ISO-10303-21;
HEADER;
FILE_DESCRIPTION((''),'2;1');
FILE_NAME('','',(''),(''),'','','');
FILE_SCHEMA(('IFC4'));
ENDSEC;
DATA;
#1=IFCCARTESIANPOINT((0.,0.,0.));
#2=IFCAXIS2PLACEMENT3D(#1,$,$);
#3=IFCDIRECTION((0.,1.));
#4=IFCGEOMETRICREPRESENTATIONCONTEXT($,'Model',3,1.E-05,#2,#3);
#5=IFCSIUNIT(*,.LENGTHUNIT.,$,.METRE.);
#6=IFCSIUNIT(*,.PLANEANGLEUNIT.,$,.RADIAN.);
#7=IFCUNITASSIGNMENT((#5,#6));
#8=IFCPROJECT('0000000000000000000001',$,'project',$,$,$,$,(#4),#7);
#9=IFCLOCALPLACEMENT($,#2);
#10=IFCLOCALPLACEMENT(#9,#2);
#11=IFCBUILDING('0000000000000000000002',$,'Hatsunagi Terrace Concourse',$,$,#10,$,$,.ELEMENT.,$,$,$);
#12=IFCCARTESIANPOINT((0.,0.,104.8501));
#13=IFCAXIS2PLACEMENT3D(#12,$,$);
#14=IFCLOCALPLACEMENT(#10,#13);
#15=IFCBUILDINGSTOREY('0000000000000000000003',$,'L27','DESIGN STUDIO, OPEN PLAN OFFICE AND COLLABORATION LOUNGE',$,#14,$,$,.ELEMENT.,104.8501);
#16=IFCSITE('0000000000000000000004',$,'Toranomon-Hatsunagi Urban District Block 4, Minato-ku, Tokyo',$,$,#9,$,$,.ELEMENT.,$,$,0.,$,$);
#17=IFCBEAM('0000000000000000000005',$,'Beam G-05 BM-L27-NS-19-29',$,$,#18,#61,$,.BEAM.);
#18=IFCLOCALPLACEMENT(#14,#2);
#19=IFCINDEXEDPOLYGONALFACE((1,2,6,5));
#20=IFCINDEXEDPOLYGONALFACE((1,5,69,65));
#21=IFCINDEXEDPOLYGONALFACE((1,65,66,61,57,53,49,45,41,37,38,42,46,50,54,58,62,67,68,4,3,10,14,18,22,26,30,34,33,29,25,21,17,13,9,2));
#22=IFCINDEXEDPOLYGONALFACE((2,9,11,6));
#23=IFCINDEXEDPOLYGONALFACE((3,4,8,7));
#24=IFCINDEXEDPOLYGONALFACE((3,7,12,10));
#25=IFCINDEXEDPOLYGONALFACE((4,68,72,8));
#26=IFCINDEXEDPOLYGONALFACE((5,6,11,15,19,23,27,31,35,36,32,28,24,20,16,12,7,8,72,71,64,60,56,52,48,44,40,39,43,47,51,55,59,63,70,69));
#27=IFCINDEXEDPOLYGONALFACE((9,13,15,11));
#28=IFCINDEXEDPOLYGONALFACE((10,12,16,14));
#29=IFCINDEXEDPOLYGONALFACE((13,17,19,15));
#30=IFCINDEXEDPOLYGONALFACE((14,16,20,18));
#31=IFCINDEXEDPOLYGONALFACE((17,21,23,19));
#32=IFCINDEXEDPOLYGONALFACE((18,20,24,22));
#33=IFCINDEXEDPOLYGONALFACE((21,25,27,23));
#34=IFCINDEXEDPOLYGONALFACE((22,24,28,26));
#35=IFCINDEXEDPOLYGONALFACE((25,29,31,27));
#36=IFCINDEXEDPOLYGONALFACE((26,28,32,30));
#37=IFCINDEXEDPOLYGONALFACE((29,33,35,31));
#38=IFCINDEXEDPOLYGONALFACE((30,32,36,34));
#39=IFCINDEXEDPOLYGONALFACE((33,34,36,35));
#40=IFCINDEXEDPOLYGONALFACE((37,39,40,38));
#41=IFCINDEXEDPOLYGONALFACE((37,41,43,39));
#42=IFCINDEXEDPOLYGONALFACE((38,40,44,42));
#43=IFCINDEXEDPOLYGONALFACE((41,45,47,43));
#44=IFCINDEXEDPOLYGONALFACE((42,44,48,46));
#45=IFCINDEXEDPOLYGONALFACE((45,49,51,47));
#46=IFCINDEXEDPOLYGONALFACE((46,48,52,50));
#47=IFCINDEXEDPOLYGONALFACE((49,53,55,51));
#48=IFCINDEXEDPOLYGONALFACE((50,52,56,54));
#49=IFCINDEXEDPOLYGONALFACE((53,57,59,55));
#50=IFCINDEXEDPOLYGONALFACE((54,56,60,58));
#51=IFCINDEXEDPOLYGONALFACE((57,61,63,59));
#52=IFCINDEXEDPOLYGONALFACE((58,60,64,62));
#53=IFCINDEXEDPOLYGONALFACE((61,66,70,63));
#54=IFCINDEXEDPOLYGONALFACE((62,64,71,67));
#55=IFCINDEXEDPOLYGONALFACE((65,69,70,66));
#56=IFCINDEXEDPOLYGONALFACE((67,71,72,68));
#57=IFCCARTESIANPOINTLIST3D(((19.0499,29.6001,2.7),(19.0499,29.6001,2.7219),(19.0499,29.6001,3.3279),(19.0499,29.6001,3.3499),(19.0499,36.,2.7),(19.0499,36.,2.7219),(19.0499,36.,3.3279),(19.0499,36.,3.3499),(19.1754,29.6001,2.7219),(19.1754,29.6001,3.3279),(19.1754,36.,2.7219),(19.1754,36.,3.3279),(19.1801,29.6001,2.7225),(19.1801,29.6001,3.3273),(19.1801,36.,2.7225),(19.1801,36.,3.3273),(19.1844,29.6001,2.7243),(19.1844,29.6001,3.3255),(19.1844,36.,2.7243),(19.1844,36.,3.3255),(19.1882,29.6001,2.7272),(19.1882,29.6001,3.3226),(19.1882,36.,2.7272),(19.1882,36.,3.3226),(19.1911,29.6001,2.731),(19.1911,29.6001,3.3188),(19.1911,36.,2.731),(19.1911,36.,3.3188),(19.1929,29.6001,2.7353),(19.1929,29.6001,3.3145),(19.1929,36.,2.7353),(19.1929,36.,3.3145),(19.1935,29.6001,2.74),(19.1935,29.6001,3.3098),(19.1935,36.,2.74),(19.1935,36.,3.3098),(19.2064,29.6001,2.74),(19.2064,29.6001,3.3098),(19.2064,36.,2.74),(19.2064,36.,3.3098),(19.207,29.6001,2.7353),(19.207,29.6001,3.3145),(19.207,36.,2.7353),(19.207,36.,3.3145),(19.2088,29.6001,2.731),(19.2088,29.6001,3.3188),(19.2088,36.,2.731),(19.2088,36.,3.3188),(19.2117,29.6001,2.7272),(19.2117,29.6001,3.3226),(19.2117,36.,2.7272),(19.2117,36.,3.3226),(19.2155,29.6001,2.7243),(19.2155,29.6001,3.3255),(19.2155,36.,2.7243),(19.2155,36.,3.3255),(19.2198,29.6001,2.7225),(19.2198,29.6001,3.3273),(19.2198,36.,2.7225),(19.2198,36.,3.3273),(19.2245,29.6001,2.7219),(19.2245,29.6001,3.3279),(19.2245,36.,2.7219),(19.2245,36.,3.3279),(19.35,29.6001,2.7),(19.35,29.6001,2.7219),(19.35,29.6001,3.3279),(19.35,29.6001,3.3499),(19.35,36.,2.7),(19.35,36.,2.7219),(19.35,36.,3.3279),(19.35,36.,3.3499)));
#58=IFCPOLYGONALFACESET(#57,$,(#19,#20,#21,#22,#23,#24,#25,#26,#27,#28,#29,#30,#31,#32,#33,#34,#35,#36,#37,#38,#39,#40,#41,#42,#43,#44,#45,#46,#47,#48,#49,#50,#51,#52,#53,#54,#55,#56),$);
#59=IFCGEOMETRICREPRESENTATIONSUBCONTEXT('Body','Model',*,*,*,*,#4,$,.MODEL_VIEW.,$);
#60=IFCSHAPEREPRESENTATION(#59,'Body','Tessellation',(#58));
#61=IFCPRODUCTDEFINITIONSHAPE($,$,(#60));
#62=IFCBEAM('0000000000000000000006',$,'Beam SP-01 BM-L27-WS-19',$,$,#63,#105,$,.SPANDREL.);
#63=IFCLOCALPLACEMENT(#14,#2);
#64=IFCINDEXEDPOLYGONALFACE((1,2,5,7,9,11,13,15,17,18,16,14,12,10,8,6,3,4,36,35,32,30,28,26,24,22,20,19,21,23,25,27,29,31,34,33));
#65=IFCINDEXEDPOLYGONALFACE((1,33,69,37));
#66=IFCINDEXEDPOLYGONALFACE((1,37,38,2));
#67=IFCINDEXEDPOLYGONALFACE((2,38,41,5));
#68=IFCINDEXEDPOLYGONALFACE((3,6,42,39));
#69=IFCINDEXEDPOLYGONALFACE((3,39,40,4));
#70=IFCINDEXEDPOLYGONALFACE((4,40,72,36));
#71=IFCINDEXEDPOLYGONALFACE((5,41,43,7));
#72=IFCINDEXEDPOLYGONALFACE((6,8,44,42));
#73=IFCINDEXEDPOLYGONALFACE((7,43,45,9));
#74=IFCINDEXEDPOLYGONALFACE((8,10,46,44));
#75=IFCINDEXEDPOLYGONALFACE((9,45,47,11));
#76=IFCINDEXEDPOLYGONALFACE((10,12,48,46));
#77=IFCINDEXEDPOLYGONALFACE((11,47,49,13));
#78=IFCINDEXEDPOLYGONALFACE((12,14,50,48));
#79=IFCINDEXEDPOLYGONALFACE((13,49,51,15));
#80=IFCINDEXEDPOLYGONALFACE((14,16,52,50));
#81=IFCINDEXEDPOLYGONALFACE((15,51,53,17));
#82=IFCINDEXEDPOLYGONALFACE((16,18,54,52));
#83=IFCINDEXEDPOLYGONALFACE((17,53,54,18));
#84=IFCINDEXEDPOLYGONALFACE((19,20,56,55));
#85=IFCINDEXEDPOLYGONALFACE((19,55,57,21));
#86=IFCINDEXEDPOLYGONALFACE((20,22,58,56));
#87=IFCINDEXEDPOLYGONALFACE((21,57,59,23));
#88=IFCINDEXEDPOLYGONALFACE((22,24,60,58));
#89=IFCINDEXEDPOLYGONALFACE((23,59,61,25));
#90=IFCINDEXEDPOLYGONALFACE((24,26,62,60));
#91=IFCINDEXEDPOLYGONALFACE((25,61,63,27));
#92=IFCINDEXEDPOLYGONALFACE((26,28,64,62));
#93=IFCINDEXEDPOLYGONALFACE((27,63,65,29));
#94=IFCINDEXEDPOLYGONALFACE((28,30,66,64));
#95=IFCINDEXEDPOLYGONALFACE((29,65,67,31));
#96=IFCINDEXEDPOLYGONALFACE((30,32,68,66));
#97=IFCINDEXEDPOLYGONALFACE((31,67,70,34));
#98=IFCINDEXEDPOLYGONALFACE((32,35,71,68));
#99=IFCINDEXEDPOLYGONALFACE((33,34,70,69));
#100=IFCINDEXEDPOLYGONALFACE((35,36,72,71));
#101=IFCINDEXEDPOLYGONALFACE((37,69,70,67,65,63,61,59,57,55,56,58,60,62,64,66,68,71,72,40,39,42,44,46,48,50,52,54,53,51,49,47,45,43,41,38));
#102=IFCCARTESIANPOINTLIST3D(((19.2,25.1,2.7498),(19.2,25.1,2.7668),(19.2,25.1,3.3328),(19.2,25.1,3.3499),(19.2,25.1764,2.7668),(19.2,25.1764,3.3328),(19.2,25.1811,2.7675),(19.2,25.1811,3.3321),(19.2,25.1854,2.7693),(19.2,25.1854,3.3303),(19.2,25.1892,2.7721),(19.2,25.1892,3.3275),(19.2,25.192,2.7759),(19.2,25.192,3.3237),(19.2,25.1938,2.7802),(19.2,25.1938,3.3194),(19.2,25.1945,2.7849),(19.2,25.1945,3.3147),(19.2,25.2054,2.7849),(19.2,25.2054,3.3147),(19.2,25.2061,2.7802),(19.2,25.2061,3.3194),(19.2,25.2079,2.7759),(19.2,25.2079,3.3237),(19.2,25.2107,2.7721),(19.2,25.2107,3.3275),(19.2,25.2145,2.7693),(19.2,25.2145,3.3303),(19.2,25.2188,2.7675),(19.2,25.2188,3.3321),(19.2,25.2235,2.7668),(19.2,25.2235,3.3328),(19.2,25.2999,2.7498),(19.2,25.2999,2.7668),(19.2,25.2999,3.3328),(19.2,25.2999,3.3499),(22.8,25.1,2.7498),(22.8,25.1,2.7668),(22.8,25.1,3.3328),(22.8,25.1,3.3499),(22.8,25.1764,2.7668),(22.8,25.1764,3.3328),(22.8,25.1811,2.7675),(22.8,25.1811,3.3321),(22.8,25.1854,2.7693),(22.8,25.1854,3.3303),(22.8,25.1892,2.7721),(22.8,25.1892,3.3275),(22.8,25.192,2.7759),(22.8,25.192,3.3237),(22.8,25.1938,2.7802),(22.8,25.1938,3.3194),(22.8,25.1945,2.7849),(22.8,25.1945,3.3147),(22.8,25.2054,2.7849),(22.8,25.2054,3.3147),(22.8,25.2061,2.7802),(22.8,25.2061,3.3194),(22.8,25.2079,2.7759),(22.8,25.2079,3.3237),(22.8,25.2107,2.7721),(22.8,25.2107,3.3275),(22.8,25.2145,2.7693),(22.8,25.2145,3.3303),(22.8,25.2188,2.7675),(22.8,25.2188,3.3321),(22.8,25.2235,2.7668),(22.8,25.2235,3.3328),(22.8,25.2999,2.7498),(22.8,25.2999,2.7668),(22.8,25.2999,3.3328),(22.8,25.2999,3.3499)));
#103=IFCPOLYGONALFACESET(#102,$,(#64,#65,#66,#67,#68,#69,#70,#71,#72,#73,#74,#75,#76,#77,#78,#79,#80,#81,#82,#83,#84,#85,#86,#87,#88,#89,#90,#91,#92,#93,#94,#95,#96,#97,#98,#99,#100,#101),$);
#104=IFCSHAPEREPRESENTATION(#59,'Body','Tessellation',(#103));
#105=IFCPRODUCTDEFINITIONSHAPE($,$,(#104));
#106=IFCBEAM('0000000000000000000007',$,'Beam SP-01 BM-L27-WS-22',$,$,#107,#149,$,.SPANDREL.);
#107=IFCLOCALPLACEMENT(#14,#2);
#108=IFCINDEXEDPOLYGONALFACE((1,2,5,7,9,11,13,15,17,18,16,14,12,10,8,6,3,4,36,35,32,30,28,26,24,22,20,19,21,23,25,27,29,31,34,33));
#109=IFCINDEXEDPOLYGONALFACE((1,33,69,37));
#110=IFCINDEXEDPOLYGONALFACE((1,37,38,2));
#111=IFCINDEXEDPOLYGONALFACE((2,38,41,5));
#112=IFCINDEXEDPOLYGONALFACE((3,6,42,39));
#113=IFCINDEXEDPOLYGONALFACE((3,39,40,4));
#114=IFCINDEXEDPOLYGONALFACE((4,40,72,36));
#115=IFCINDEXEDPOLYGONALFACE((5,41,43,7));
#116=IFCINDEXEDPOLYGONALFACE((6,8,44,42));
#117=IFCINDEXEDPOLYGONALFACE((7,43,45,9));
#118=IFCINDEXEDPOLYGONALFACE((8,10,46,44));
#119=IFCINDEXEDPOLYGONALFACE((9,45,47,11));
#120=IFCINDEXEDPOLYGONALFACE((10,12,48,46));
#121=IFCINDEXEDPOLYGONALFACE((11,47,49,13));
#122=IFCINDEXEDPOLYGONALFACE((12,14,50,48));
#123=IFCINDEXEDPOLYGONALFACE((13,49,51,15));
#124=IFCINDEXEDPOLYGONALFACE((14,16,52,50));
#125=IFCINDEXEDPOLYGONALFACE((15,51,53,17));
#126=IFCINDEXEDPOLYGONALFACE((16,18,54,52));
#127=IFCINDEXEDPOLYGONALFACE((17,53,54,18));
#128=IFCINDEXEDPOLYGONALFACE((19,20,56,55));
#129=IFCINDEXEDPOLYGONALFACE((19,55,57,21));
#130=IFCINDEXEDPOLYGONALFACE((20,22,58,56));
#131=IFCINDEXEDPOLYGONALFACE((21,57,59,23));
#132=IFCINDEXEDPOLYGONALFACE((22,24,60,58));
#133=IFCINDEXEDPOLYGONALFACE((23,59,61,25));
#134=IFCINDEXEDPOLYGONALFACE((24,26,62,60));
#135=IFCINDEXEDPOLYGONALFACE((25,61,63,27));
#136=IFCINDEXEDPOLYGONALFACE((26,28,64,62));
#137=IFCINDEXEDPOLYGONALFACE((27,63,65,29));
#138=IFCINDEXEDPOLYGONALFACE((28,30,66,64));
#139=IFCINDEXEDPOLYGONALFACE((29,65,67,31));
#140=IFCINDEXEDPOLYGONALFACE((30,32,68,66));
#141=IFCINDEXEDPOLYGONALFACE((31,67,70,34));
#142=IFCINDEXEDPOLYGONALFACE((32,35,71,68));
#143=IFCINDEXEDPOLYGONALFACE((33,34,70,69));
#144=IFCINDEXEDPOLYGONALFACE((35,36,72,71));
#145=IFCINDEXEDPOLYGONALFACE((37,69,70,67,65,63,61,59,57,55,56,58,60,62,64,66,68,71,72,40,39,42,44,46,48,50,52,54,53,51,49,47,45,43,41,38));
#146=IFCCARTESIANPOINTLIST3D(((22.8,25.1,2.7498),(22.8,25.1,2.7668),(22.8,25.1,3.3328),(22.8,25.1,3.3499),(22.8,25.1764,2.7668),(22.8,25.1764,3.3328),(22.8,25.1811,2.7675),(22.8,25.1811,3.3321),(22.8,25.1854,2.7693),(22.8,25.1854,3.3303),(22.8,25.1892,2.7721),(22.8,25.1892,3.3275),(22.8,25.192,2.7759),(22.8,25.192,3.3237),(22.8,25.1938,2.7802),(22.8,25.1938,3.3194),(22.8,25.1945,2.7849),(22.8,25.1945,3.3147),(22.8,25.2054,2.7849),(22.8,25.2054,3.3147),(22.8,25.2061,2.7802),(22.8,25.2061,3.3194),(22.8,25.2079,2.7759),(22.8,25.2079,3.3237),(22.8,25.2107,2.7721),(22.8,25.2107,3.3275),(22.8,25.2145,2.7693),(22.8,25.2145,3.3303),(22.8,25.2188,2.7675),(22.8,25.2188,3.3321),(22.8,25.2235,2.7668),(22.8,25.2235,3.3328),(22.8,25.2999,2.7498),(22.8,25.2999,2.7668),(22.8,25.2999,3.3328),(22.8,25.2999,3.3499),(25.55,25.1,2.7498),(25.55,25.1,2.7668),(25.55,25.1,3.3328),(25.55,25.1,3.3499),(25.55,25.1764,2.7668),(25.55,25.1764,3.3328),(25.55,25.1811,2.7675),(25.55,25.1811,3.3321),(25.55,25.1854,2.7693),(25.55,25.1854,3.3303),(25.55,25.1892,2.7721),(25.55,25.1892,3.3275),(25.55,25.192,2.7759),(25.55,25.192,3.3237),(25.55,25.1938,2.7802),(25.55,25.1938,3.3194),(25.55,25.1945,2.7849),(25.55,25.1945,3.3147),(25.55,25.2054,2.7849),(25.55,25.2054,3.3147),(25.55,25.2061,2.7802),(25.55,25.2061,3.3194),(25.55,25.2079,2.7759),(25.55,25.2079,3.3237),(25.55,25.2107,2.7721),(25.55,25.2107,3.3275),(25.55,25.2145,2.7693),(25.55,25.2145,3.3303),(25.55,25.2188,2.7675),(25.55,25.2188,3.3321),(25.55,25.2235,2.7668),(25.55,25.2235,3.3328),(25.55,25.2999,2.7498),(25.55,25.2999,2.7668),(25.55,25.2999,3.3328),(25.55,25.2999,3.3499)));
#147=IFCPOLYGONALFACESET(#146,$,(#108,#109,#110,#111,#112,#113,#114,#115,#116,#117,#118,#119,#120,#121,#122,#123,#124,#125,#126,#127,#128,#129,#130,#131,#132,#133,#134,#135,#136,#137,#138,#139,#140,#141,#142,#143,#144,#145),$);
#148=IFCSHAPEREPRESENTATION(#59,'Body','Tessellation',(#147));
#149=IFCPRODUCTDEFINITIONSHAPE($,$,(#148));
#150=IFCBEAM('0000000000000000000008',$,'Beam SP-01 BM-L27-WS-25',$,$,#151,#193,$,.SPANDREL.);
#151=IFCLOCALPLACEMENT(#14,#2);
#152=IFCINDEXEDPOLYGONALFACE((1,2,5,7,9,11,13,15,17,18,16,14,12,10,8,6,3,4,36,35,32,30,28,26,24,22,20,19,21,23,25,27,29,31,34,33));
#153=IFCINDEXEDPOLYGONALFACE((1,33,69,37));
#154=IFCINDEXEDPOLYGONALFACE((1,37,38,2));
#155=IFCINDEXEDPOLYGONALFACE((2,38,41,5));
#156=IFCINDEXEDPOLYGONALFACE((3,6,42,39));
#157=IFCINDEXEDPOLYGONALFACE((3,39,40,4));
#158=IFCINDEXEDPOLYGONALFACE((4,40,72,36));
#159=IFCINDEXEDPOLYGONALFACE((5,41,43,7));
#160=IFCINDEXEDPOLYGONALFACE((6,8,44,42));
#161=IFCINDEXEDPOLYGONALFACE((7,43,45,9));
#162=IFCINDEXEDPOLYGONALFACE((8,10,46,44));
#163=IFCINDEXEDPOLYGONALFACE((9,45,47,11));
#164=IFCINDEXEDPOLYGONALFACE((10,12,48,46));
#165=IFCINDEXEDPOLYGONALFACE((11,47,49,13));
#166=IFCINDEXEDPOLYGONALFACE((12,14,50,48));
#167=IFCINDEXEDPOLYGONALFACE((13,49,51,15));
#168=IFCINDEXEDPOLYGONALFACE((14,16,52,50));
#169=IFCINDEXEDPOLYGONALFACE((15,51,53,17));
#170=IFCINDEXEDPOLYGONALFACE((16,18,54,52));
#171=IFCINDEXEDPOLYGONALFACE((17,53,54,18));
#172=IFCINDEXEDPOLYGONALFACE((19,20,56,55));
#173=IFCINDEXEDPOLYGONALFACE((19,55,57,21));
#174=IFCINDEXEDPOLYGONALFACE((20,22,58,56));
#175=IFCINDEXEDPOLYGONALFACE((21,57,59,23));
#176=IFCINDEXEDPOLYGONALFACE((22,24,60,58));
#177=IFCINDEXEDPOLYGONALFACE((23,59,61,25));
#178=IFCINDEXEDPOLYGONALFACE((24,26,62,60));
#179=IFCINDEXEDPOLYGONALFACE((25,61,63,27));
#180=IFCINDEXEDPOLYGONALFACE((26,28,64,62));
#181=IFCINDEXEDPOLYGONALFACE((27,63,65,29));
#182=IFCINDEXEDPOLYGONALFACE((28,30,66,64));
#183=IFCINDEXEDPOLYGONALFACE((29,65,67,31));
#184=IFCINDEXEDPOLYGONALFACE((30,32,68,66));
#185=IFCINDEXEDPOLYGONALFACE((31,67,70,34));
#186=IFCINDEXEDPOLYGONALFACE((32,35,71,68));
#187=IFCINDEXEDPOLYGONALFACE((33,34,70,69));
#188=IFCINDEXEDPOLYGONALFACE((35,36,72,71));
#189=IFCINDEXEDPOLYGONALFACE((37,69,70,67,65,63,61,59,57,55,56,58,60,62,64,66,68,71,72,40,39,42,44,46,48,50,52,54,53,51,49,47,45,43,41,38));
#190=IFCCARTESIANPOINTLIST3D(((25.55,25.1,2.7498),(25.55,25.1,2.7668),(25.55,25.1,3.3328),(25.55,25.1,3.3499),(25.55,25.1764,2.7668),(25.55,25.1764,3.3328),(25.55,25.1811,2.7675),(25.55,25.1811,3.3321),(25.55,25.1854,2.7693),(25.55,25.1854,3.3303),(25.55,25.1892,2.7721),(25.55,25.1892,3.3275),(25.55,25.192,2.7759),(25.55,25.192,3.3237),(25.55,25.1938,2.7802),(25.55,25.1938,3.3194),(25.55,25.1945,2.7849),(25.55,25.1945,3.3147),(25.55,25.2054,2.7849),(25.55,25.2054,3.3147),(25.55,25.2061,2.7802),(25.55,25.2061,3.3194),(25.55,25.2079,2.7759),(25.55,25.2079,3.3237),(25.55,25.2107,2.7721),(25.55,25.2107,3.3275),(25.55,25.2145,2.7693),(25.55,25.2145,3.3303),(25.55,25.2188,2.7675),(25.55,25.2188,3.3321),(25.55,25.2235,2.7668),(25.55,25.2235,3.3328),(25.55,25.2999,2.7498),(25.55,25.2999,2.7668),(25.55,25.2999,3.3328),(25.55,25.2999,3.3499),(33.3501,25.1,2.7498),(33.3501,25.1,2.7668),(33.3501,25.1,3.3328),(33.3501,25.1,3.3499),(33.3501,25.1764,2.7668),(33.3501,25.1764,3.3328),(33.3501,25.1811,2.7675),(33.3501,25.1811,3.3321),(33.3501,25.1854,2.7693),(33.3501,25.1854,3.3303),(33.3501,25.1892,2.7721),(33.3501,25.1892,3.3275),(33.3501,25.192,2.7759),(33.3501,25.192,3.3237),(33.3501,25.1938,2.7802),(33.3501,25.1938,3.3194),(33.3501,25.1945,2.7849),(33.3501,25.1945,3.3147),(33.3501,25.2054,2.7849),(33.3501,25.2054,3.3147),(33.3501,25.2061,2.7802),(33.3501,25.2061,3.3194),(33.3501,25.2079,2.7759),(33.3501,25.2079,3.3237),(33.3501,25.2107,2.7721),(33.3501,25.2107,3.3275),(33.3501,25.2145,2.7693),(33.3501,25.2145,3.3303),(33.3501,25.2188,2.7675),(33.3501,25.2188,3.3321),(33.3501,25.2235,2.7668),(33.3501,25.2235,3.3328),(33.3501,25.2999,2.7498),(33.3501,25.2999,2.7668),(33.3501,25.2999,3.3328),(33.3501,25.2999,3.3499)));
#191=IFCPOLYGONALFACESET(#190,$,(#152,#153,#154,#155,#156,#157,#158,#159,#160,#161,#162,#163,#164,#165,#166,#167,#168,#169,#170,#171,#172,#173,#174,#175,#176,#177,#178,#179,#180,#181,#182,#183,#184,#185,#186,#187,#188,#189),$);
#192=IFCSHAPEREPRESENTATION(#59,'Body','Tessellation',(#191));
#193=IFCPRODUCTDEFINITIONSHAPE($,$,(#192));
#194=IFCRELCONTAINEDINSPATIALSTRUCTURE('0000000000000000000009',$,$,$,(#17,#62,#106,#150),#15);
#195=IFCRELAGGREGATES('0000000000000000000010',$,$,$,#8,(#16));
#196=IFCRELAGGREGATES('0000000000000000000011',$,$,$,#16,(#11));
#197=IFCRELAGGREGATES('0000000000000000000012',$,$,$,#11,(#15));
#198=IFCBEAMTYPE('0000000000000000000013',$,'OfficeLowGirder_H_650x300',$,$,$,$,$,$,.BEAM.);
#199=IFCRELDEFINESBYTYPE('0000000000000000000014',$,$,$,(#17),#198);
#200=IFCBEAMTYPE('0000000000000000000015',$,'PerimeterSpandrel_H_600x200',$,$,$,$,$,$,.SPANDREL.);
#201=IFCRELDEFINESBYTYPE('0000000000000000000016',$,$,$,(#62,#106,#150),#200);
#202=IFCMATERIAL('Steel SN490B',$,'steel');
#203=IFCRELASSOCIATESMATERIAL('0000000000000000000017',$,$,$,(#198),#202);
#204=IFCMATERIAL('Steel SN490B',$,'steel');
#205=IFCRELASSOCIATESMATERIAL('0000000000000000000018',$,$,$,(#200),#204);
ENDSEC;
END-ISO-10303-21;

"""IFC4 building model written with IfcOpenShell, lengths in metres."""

from ifc_helpers import new_model, si_unit, direction, frame, origin, origin_2d, place, context, subcontext, project, spatial, i_section, extrude, material, material_profile, profile_set, type_object, element, save


model = new_model("IFC4")

# Units and contexts
model_context = context("Model", 3, precision=1e-05, world=origin(), true_north=direction((0.0, 1.0)))
body_context = subcontext(model_context, "Body", "Model", "MODEL_VIEW")
ifc_project = project(units=[si_unit("LENGTHUNIT", "METRE"), si_unit("PLANEANGLEUNIT", "RADIAN")], contexts=[model_context])

# Site, building, storey
site_placement = place(None, origin())
site = spatial("IfcSite", under=ifc_project, at=site_placement, Name="Toranomon-Hatsunagi Urban District Block 4, Minato-ku, Tokyo", CompositionType="ELEMENT", RefElevation=0.0)
building_placement = place(site_placement, origin())
building = spatial("IfcBuilding", under=site, at=building_placement, Name="Hatsunagi Terrace Concourse", CompositionType="ELEMENT")
storey_placement = place(building_placement, frame((0.0, 0.0, 104.8501)))
storey = spatial("IfcBuildingStorey", under=building, at=storey_placement, Name="L27", Description="DESIGN STUDIO, OPEN PLAN OFFICE AND COLLABORATION LOUNGE", CompositionType="ELEMENT", Elevation=104.8501)

# Beams
ifc_material_1 = material(Name="Steel SN490B", Category="steel")
ifc_material_profile_1 = material_profile(ifc_material_1, i_section(OverallWidth=0.3, OverallDepth=0.6499, WebThickness=0.0129, FlangeThickness=0.022, FilletRadius=0.0181, at=origin_2d()), Name="H-650x300x13x22")
ifc_profile_set_1 = profile_set([ifc_material_profile_1], Name="Steel SN490B")
beam_type_1 = type_object("IfcBeamType", Name="OfficeLowGirder_H_650x300", PredefinedType="BEAM", material=ifc_profile_set_1)
beam_1_placement = place(storey_placement, frame((19.2, 29.6001, 3.0249), z_axis=(0.0, 1.0, 0.0), x_axis=(-1.0, 0.0, 0.0)))
element("IfcBeam", 1, at=beam_1_placement, inside=storey, type_object=beam_type_1, Name="Beam G-05 BM-L27-NS-19-29", PredefinedType="BEAM", context=body_context, shape_type="SweptSolid", body=[
    extrude(i_section(OverallWidth=0.3, OverallDepth=0.6499, WebThickness=0.0129, FlangeThickness=0.022, FilletRadius=0.0181, at=origin_2d()), origin(), (0.0, 0.0, 1.0), 6.3999),
])
ifc_material_2 = material(Name="Steel SN490B", Category="steel")
ifc_material_profile_2 = material_profile(ifc_material_2, i_section(OverallWidth=0.2, OverallDepth=0.6001, WebThickness=0.011, FlangeThickness=0.0171, FilletRadius=0.0181, at=origin_2d()), Name="H-600x200x11x17")
ifc_profile_set_2 = profile_set([ifc_material_profile_2], Name="Steel SN490B")
beam_type_2 = type_object("IfcBeamType", Name="PerimeterSpandrel_H_600x200", PredefinedType="SPANDREL", material=ifc_profile_set_2)
beam_2_placement = place(storey_placement, frame((19.2, 25.2, 3.0498), z_axis=(1.0, 0.0, 0.0), x_axis=(0.0, 1.0, 0.0)))
element("IfcBeam", 2, at=beam_2_placement, inside=storey, type_object=beam_type_2, Name="Beam SP-01 BM-L27-WS-19", PredefinedType="SPANDREL", context=body_context, shape_type="SweptSolid", body=[
    extrude(i_section(OverallWidth=0.2, OverallDepth=0.6001, WebThickness=0.011, FlangeThickness=0.0171, FilletRadius=0.0181, at=origin_2d()), origin(), (0.0, 0.0, 1.0), 3.6001),
])
beam_3_placement = place(storey_placement, frame((22.8, 25.2, 3.0498), z_axis=(1.0, 0.0, 0.0), x_axis=(0.0, 1.0, 0.0)))
element("IfcBeam", 3, at=beam_3_placement, inside=storey, type_object=beam_type_2, Name="Beam SP-01 BM-L27-WS-22", PredefinedType="SPANDREL", context=body_context, shape_type="SweptSolid", body=[
    extrude(i_section(OverallWidth=0.2, OverallDepth=0.6001, WebThickness=0.011, FlangeThickness=0.0171, FilletRadius=0.0181, at=origin_2d()), origin(), (0.0, 0.0, 1.0), 2.75),
])
beam_4_placement = place(storey_placement, frame((25.55, 25.2, 3.0498), z_axis=(1.0, 0.0, 0.0), x_axis=(0.0, 1.0, 0.0)))
element("IfcBeam", 4, at=beam_4_placement, inside=storey, type_object=beam_type_2, Name="Beam SP-01 BM-L27-WS-25", PredefinedType="SPANDREL", context=body_context, shape_type="SweptSolid", body=[
    extrude(i_section(OverallWidth=0.2, OverallDepth=0.6001, WebThickness=0.011, FlangeThickness=0.0171, FilletRadius=0.0181, at=origin_2d()), origin(), (0.0, 0.0, 1.0), 7.8),
])

save(model, "model.ifc")
